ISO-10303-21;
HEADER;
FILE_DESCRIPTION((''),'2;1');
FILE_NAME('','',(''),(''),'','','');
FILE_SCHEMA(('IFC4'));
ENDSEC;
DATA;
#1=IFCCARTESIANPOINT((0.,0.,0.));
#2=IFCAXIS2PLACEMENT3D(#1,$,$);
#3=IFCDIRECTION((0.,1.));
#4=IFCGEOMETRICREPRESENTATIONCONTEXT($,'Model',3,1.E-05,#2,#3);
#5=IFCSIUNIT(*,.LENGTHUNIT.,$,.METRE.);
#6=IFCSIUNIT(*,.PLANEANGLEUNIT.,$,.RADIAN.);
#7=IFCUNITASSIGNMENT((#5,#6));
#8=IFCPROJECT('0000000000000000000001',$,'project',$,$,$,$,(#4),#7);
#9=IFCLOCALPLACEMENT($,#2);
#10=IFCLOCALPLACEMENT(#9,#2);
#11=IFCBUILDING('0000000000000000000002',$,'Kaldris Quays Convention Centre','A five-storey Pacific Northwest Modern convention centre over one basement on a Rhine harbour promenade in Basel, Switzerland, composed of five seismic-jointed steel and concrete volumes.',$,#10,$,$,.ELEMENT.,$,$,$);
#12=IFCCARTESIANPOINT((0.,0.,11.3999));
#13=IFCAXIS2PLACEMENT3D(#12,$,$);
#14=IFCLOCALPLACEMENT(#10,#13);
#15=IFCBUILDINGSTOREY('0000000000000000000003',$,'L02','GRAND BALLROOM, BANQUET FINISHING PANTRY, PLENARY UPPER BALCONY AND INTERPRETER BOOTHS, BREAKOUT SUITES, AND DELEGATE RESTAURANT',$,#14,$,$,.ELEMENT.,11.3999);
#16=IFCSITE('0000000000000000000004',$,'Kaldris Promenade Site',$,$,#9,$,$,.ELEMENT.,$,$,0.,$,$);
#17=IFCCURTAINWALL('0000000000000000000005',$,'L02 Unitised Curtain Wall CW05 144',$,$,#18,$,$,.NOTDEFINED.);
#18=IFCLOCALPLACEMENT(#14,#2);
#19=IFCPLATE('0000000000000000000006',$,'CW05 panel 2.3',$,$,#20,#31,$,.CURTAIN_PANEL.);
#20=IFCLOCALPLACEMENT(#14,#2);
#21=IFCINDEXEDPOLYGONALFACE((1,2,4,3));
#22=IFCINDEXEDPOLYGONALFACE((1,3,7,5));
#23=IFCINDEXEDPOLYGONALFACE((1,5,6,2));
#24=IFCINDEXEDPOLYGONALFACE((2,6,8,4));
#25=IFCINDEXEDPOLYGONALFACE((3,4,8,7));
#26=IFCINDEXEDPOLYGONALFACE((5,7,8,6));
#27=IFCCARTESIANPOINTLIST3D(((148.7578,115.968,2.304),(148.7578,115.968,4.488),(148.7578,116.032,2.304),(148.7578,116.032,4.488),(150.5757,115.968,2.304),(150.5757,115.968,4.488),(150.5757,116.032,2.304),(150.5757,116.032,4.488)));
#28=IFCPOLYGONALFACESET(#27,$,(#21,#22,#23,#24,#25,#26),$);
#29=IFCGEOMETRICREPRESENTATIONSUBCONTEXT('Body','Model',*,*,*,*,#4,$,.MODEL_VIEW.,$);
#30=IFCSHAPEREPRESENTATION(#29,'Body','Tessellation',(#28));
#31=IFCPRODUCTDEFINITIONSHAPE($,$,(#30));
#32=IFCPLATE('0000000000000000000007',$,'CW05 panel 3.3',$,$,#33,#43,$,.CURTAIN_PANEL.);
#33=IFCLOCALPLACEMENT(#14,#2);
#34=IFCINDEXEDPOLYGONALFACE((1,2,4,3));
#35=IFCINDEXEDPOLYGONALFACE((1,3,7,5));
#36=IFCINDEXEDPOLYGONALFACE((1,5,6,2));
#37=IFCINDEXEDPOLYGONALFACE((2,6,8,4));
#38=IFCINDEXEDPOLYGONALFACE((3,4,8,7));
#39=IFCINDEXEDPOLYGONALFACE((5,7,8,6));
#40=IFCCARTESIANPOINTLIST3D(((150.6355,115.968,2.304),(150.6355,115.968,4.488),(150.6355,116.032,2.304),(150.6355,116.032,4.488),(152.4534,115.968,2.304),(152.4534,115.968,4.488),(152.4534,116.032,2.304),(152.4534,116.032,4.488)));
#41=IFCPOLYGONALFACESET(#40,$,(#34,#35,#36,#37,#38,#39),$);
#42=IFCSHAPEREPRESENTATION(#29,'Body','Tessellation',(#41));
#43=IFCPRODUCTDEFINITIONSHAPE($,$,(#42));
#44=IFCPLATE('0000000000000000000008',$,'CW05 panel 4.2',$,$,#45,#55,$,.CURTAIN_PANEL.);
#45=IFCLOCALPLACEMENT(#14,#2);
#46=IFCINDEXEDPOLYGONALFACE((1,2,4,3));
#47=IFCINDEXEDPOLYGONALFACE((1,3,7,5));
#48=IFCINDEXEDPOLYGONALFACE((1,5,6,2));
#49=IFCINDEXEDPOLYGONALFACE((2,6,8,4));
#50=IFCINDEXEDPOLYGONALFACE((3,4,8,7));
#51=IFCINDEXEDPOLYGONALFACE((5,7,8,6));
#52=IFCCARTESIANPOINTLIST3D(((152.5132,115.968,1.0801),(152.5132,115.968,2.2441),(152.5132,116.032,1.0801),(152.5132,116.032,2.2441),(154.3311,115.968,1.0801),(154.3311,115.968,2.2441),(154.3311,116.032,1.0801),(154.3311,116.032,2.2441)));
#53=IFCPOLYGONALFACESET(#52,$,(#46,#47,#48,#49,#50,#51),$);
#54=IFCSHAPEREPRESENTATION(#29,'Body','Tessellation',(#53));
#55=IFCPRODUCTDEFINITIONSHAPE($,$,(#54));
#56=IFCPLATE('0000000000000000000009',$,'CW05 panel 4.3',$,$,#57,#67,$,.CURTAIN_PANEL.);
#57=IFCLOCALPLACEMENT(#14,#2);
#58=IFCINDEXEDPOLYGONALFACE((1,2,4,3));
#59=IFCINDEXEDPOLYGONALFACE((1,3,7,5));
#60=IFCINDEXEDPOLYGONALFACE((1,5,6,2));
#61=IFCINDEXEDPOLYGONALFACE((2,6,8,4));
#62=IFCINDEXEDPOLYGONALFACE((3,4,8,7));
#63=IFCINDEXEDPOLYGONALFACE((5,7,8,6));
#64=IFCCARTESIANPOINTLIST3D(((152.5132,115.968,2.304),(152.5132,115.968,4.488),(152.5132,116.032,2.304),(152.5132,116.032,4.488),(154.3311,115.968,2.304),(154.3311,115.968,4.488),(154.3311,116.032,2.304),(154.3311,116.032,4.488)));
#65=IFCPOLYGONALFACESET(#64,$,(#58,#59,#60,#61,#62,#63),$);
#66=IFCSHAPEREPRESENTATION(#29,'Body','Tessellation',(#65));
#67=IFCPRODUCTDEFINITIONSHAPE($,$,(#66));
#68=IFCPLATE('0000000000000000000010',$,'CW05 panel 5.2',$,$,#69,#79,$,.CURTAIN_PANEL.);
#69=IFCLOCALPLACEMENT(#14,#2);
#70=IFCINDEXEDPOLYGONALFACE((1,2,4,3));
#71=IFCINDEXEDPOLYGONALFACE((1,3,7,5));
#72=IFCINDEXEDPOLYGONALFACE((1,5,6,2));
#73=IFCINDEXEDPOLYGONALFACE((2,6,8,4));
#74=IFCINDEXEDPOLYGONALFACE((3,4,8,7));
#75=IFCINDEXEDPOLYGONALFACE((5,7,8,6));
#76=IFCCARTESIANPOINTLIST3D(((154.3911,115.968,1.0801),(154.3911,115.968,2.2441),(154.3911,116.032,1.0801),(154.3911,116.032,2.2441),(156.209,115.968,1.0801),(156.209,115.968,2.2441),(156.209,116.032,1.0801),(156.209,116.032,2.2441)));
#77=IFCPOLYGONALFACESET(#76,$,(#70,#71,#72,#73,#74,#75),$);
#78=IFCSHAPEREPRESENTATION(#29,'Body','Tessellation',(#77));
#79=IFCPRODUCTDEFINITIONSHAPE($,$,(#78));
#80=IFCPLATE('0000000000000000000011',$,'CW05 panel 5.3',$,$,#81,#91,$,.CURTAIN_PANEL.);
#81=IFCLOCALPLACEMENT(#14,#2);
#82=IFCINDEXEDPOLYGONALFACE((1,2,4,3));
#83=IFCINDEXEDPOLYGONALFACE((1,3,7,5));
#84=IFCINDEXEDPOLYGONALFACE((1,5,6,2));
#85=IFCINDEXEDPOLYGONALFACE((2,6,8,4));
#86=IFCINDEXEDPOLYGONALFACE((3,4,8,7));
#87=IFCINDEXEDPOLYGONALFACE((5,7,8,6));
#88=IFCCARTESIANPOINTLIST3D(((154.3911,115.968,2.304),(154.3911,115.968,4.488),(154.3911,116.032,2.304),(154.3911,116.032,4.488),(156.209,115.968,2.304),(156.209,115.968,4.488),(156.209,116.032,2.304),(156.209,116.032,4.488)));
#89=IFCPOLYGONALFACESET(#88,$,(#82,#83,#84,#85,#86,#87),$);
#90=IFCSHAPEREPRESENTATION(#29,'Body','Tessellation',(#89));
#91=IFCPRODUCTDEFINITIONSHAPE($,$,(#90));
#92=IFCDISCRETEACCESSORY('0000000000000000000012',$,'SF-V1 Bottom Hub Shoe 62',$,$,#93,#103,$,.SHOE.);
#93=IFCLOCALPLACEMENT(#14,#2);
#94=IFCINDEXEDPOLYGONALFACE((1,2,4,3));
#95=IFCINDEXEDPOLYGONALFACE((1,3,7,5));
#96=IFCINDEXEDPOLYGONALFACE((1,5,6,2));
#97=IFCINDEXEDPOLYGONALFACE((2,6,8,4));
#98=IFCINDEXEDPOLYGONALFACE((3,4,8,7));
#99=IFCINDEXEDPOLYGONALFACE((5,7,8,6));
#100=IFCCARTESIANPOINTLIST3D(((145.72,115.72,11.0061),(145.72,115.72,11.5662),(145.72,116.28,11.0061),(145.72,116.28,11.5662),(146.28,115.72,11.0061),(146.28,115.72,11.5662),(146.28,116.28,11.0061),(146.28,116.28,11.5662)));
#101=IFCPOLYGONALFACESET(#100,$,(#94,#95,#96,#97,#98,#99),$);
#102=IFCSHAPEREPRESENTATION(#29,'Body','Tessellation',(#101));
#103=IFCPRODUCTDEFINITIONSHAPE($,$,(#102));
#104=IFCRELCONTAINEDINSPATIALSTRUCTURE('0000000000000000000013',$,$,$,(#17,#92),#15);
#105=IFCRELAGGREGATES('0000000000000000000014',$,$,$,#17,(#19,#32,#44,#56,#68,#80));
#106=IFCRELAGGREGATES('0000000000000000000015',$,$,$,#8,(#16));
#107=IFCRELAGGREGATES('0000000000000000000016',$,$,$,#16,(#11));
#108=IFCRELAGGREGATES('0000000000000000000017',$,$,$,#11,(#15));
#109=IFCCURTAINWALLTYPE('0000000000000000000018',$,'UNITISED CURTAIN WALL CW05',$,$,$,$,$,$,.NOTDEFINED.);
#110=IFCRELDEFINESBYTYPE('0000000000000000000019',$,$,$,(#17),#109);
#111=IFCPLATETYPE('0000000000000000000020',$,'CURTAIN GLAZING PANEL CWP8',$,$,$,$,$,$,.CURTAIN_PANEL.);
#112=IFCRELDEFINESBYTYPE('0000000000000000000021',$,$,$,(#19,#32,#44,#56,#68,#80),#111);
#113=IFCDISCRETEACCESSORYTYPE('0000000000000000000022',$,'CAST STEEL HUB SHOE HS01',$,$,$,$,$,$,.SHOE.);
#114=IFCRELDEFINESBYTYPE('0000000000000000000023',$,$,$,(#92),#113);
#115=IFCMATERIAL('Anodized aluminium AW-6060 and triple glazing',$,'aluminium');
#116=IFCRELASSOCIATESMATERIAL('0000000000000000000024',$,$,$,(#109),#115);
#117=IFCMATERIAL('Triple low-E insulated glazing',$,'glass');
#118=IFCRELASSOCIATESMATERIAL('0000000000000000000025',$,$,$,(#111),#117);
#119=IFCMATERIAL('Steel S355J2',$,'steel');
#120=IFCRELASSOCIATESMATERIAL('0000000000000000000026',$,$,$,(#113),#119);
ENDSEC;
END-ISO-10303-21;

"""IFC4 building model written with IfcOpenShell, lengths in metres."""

from ifc_helpers import new_model, si_unit, direction, frame, origin, origin_2d, place, context, subcontext, project, spatial, rectangle, extrude, material, type_object, element, aggregate, save


model = new_model("IFC4")

# Units and contexts
model_context = context("Model", 3, precision=1e-05, world=origin(), true_north=direction((0.0, 1.0)))
body_context = subcontext(model_context, "Body", "Model", "MODEL_VIEW")
ifc_project = project(units=[si_unit("LENGTHUNIT", "METRE"), si_unit("PLANEANGLEUNIT", "RADIAN")], contexts=[model_context])

# Site, building, storey
site_placement = place(None, origin())
site = spatial("IfcSite", under=ifc_project, at=site_placement, Name="Kaldris Promenade Site", CompositionType="ELEMENT", RefElevation=0.0)
building_placement = place(site_placement, origin())
building = spatial("IfcBuilding", under=site, at=building_placement, Name="Kaldris Quays Convention Centre", Description="A five-storey Pacific Northwest Modern convention centre over one basement on a Rhine harbour promenade in Basel, Switzerland, composed of five seismic-jointed steel and concrete volumes.", CompositionType="ELEMENT")
storey_placement = place(building_placement, frame((0.0, 0.0, 11.3999)))
storey = spatial("IfcBuildingStorey", under=building, at=storey_placement, Name="L02", Description="GRAND BALLROOM, BANQUET FINISHING PANTRY, PLENARY UPPER BALCONY AND INTERPRETER BOOTHS, BREAKOUT SUITES, AND DELEGATE RESTAURANT", CompositionType="ELEMENT", Elevation=11.3999)

# Curtain wall
ifc_material_1 = material(Name="Anodized aluminium AW-6060 and triple glazing", Category="aluminium")
curtain_wall_type = type_object("IfcCurtainWallType", Name="UNITISED CURTAIN WALL CW05", PredefinedType="NOTDEFINED", material=ifc_material_1)
curtain_wall_placement = place(storey_placement, origin())
curtain_wall = element("IfcCurtainWall", 1, at=curtain_wall_placement, inside=storey, type_object=curtain_wall_type, Name="L02 Unitised Curtain Wall CW05 144", PredefinedType="NOTDEFINED")

# Shared definitions
ifc_material_2 = material(Name="Steel S355J2", Category="steel")

# Plates
ifc_material_3 = material(Name="Triple low-E insulated glazing", Category="glass")
plate_type = type_object("IfcPlateType", Name="CURTAIN GLAZING PANEL CWP8", PredefinedType="CURTAIN_PANEL", material=ifc_material_3)
plate_1_placement = place(storey_placement, frame((149.6667, 116.0, 2.304), z_axis=(0.0, 0.0, 1.0), x_axis=(1.0, 0.0, 0.0)))
plate_1 = element("IfcPlate", 2, at=plate_1_placement, type_object=plate_type, Name="CW05 panel 2.3", PredefinedType="CURTAIN_PANEL", context=body_context, shape_type="SweptSolid", body=[
    extrude(rectangle(XDim=1.8179, YDim=0.064, at=origin_2d()), origin(), (0.0, 0.0, 1.0), 2.1841),
])
plate_2_placement = place(storey_placement, frame((151.5444, 116.0, 2.304), z_axis=(0.0, 0.0, 1.0), x_axis=(1.0, 0.0, 0.0)))
plate_2 = element("IfcPlate", 3, at=plate_2_placement, type_object=plate_type, Name="CW05 panel 3.3", PredefinedType="CURTAIN_PANEL", context=body_context, shape_type="SweptSolid", body=[
    extrude(rectangle(XDim=1.8179, YDim=0.064, at=origin_2d()), origin(), (0.0, 0.0, 1.0), 2.1841),
])
plate_3_placement = place(storey_placement, frame((153.4221, 116.0, 1.0801), z_axis=(0.0, 0.0, 1.0), x_axis=(1.0, 0.0, 0.0)))
plate_3 = element("IfcPlate", 4, at=plate_3_placement, type_object=plate_type, Name="CW05 panel 4.2", PredefinedType="CURTAIN_PANEL", context=body_context, shape_type="SweptSolid", body=[
    extrude(rectangle(XDim=1.8179, YDim=0.064, at=origin_2d()), origin(), (0.0, 0.0, 1.0), 1.1641),
])
plate_4_placement = place(storey_placement, frame((153.4221, 116.0, 2.304), z_axis=(0.0, 0.0, 1.0), x_axis=(1.0, 0.0, 0.0)))
plate_4 = element("IfcPlate", 5, at=plate_4_placement, type_object=plate_type, Name="CW05 panel 4.3", PredefinedType="CURTAIN_PANEL", context=body_context, shape_type="SweptSolid", body=[
    extrude(rectangle(XDim=1.8179, YDim=0.064, at=origin_2d()), origin(), (0.0, 0.0, 1.0), 2.1841),
])
plate_5_placement = place(storey_placement, frame((155.3, 116.0, 1.0801), z_axis=(0.0, 0.0, 1.0), x_axis=(1.0, 0.0, 0.0)))
plate_5 = element("IfcPlate", 6, at=plate_5_placement, type_object=plate_type, Name="CW05 panel 5.2", PredefinedType="CURTAIN_PANEL", context=body_context, shape_type="SweptSolid", body=[
    extrude(rectangle(XDim=1.8179, YDim=0.064, at=origin_2d()), origin(), (0.0, 0.0, 1.0), 1.1641),
])
plate_6_placement = place(storey_placement, frame((155.3, 116.0, 2.304), z_axis=(0.0, 0.0, 1.0), x_axis=(1.0, 0.0, 0.0)))
plate_6 = element("IfcPlate", 7, at=plate_6_placement, type_object=plate_type, Name="CW05 panel 5.3", PredefinedType="CURTAIN_PANEL", context=body_context, shape_type="SweptSolid", body=[
    extrude(rectangle(XDim=1.8179, YDim=0.064, at=origin_2d()), origin(), (0.0, 0.0, 1.0), 2.1841),
])
aggregate(curtain_wall, [plate_1, plate_2, plate_3, plate_4, plate_5, plate_6])

# Discrete accessory
discrete_accessory_type = type_object("IfcDiscreteAccessoryType", Name="CAST STEEL HUB SHOE HS01", PredefinedType="SHOE", material=ifc_material_2)
discrete_accessory_placement = place(storey_placement, frame((146.0, 116.0, 11.0061), z_axis=(0.0, 0.0, 1.0), x_axis=(1.0, 0.0, 0.0)))
element("IfcDiscreteAccessory", 8, at=discrete_accessory_placement, inside=storey, type_object=discrete_accessory_type, Name="SF-V1 Bottom Hub Shoe 62", PredefinedType="SHOE", context=body_context, shape_type="SweptSolid", body=[
    extrude(rectangle(XDim=0.5601, YDim=0.5601, at=origin_2d()), origin(), (0.0, 0.0, 1.0), 0.5601),
])

save(model, "model.ifc")
